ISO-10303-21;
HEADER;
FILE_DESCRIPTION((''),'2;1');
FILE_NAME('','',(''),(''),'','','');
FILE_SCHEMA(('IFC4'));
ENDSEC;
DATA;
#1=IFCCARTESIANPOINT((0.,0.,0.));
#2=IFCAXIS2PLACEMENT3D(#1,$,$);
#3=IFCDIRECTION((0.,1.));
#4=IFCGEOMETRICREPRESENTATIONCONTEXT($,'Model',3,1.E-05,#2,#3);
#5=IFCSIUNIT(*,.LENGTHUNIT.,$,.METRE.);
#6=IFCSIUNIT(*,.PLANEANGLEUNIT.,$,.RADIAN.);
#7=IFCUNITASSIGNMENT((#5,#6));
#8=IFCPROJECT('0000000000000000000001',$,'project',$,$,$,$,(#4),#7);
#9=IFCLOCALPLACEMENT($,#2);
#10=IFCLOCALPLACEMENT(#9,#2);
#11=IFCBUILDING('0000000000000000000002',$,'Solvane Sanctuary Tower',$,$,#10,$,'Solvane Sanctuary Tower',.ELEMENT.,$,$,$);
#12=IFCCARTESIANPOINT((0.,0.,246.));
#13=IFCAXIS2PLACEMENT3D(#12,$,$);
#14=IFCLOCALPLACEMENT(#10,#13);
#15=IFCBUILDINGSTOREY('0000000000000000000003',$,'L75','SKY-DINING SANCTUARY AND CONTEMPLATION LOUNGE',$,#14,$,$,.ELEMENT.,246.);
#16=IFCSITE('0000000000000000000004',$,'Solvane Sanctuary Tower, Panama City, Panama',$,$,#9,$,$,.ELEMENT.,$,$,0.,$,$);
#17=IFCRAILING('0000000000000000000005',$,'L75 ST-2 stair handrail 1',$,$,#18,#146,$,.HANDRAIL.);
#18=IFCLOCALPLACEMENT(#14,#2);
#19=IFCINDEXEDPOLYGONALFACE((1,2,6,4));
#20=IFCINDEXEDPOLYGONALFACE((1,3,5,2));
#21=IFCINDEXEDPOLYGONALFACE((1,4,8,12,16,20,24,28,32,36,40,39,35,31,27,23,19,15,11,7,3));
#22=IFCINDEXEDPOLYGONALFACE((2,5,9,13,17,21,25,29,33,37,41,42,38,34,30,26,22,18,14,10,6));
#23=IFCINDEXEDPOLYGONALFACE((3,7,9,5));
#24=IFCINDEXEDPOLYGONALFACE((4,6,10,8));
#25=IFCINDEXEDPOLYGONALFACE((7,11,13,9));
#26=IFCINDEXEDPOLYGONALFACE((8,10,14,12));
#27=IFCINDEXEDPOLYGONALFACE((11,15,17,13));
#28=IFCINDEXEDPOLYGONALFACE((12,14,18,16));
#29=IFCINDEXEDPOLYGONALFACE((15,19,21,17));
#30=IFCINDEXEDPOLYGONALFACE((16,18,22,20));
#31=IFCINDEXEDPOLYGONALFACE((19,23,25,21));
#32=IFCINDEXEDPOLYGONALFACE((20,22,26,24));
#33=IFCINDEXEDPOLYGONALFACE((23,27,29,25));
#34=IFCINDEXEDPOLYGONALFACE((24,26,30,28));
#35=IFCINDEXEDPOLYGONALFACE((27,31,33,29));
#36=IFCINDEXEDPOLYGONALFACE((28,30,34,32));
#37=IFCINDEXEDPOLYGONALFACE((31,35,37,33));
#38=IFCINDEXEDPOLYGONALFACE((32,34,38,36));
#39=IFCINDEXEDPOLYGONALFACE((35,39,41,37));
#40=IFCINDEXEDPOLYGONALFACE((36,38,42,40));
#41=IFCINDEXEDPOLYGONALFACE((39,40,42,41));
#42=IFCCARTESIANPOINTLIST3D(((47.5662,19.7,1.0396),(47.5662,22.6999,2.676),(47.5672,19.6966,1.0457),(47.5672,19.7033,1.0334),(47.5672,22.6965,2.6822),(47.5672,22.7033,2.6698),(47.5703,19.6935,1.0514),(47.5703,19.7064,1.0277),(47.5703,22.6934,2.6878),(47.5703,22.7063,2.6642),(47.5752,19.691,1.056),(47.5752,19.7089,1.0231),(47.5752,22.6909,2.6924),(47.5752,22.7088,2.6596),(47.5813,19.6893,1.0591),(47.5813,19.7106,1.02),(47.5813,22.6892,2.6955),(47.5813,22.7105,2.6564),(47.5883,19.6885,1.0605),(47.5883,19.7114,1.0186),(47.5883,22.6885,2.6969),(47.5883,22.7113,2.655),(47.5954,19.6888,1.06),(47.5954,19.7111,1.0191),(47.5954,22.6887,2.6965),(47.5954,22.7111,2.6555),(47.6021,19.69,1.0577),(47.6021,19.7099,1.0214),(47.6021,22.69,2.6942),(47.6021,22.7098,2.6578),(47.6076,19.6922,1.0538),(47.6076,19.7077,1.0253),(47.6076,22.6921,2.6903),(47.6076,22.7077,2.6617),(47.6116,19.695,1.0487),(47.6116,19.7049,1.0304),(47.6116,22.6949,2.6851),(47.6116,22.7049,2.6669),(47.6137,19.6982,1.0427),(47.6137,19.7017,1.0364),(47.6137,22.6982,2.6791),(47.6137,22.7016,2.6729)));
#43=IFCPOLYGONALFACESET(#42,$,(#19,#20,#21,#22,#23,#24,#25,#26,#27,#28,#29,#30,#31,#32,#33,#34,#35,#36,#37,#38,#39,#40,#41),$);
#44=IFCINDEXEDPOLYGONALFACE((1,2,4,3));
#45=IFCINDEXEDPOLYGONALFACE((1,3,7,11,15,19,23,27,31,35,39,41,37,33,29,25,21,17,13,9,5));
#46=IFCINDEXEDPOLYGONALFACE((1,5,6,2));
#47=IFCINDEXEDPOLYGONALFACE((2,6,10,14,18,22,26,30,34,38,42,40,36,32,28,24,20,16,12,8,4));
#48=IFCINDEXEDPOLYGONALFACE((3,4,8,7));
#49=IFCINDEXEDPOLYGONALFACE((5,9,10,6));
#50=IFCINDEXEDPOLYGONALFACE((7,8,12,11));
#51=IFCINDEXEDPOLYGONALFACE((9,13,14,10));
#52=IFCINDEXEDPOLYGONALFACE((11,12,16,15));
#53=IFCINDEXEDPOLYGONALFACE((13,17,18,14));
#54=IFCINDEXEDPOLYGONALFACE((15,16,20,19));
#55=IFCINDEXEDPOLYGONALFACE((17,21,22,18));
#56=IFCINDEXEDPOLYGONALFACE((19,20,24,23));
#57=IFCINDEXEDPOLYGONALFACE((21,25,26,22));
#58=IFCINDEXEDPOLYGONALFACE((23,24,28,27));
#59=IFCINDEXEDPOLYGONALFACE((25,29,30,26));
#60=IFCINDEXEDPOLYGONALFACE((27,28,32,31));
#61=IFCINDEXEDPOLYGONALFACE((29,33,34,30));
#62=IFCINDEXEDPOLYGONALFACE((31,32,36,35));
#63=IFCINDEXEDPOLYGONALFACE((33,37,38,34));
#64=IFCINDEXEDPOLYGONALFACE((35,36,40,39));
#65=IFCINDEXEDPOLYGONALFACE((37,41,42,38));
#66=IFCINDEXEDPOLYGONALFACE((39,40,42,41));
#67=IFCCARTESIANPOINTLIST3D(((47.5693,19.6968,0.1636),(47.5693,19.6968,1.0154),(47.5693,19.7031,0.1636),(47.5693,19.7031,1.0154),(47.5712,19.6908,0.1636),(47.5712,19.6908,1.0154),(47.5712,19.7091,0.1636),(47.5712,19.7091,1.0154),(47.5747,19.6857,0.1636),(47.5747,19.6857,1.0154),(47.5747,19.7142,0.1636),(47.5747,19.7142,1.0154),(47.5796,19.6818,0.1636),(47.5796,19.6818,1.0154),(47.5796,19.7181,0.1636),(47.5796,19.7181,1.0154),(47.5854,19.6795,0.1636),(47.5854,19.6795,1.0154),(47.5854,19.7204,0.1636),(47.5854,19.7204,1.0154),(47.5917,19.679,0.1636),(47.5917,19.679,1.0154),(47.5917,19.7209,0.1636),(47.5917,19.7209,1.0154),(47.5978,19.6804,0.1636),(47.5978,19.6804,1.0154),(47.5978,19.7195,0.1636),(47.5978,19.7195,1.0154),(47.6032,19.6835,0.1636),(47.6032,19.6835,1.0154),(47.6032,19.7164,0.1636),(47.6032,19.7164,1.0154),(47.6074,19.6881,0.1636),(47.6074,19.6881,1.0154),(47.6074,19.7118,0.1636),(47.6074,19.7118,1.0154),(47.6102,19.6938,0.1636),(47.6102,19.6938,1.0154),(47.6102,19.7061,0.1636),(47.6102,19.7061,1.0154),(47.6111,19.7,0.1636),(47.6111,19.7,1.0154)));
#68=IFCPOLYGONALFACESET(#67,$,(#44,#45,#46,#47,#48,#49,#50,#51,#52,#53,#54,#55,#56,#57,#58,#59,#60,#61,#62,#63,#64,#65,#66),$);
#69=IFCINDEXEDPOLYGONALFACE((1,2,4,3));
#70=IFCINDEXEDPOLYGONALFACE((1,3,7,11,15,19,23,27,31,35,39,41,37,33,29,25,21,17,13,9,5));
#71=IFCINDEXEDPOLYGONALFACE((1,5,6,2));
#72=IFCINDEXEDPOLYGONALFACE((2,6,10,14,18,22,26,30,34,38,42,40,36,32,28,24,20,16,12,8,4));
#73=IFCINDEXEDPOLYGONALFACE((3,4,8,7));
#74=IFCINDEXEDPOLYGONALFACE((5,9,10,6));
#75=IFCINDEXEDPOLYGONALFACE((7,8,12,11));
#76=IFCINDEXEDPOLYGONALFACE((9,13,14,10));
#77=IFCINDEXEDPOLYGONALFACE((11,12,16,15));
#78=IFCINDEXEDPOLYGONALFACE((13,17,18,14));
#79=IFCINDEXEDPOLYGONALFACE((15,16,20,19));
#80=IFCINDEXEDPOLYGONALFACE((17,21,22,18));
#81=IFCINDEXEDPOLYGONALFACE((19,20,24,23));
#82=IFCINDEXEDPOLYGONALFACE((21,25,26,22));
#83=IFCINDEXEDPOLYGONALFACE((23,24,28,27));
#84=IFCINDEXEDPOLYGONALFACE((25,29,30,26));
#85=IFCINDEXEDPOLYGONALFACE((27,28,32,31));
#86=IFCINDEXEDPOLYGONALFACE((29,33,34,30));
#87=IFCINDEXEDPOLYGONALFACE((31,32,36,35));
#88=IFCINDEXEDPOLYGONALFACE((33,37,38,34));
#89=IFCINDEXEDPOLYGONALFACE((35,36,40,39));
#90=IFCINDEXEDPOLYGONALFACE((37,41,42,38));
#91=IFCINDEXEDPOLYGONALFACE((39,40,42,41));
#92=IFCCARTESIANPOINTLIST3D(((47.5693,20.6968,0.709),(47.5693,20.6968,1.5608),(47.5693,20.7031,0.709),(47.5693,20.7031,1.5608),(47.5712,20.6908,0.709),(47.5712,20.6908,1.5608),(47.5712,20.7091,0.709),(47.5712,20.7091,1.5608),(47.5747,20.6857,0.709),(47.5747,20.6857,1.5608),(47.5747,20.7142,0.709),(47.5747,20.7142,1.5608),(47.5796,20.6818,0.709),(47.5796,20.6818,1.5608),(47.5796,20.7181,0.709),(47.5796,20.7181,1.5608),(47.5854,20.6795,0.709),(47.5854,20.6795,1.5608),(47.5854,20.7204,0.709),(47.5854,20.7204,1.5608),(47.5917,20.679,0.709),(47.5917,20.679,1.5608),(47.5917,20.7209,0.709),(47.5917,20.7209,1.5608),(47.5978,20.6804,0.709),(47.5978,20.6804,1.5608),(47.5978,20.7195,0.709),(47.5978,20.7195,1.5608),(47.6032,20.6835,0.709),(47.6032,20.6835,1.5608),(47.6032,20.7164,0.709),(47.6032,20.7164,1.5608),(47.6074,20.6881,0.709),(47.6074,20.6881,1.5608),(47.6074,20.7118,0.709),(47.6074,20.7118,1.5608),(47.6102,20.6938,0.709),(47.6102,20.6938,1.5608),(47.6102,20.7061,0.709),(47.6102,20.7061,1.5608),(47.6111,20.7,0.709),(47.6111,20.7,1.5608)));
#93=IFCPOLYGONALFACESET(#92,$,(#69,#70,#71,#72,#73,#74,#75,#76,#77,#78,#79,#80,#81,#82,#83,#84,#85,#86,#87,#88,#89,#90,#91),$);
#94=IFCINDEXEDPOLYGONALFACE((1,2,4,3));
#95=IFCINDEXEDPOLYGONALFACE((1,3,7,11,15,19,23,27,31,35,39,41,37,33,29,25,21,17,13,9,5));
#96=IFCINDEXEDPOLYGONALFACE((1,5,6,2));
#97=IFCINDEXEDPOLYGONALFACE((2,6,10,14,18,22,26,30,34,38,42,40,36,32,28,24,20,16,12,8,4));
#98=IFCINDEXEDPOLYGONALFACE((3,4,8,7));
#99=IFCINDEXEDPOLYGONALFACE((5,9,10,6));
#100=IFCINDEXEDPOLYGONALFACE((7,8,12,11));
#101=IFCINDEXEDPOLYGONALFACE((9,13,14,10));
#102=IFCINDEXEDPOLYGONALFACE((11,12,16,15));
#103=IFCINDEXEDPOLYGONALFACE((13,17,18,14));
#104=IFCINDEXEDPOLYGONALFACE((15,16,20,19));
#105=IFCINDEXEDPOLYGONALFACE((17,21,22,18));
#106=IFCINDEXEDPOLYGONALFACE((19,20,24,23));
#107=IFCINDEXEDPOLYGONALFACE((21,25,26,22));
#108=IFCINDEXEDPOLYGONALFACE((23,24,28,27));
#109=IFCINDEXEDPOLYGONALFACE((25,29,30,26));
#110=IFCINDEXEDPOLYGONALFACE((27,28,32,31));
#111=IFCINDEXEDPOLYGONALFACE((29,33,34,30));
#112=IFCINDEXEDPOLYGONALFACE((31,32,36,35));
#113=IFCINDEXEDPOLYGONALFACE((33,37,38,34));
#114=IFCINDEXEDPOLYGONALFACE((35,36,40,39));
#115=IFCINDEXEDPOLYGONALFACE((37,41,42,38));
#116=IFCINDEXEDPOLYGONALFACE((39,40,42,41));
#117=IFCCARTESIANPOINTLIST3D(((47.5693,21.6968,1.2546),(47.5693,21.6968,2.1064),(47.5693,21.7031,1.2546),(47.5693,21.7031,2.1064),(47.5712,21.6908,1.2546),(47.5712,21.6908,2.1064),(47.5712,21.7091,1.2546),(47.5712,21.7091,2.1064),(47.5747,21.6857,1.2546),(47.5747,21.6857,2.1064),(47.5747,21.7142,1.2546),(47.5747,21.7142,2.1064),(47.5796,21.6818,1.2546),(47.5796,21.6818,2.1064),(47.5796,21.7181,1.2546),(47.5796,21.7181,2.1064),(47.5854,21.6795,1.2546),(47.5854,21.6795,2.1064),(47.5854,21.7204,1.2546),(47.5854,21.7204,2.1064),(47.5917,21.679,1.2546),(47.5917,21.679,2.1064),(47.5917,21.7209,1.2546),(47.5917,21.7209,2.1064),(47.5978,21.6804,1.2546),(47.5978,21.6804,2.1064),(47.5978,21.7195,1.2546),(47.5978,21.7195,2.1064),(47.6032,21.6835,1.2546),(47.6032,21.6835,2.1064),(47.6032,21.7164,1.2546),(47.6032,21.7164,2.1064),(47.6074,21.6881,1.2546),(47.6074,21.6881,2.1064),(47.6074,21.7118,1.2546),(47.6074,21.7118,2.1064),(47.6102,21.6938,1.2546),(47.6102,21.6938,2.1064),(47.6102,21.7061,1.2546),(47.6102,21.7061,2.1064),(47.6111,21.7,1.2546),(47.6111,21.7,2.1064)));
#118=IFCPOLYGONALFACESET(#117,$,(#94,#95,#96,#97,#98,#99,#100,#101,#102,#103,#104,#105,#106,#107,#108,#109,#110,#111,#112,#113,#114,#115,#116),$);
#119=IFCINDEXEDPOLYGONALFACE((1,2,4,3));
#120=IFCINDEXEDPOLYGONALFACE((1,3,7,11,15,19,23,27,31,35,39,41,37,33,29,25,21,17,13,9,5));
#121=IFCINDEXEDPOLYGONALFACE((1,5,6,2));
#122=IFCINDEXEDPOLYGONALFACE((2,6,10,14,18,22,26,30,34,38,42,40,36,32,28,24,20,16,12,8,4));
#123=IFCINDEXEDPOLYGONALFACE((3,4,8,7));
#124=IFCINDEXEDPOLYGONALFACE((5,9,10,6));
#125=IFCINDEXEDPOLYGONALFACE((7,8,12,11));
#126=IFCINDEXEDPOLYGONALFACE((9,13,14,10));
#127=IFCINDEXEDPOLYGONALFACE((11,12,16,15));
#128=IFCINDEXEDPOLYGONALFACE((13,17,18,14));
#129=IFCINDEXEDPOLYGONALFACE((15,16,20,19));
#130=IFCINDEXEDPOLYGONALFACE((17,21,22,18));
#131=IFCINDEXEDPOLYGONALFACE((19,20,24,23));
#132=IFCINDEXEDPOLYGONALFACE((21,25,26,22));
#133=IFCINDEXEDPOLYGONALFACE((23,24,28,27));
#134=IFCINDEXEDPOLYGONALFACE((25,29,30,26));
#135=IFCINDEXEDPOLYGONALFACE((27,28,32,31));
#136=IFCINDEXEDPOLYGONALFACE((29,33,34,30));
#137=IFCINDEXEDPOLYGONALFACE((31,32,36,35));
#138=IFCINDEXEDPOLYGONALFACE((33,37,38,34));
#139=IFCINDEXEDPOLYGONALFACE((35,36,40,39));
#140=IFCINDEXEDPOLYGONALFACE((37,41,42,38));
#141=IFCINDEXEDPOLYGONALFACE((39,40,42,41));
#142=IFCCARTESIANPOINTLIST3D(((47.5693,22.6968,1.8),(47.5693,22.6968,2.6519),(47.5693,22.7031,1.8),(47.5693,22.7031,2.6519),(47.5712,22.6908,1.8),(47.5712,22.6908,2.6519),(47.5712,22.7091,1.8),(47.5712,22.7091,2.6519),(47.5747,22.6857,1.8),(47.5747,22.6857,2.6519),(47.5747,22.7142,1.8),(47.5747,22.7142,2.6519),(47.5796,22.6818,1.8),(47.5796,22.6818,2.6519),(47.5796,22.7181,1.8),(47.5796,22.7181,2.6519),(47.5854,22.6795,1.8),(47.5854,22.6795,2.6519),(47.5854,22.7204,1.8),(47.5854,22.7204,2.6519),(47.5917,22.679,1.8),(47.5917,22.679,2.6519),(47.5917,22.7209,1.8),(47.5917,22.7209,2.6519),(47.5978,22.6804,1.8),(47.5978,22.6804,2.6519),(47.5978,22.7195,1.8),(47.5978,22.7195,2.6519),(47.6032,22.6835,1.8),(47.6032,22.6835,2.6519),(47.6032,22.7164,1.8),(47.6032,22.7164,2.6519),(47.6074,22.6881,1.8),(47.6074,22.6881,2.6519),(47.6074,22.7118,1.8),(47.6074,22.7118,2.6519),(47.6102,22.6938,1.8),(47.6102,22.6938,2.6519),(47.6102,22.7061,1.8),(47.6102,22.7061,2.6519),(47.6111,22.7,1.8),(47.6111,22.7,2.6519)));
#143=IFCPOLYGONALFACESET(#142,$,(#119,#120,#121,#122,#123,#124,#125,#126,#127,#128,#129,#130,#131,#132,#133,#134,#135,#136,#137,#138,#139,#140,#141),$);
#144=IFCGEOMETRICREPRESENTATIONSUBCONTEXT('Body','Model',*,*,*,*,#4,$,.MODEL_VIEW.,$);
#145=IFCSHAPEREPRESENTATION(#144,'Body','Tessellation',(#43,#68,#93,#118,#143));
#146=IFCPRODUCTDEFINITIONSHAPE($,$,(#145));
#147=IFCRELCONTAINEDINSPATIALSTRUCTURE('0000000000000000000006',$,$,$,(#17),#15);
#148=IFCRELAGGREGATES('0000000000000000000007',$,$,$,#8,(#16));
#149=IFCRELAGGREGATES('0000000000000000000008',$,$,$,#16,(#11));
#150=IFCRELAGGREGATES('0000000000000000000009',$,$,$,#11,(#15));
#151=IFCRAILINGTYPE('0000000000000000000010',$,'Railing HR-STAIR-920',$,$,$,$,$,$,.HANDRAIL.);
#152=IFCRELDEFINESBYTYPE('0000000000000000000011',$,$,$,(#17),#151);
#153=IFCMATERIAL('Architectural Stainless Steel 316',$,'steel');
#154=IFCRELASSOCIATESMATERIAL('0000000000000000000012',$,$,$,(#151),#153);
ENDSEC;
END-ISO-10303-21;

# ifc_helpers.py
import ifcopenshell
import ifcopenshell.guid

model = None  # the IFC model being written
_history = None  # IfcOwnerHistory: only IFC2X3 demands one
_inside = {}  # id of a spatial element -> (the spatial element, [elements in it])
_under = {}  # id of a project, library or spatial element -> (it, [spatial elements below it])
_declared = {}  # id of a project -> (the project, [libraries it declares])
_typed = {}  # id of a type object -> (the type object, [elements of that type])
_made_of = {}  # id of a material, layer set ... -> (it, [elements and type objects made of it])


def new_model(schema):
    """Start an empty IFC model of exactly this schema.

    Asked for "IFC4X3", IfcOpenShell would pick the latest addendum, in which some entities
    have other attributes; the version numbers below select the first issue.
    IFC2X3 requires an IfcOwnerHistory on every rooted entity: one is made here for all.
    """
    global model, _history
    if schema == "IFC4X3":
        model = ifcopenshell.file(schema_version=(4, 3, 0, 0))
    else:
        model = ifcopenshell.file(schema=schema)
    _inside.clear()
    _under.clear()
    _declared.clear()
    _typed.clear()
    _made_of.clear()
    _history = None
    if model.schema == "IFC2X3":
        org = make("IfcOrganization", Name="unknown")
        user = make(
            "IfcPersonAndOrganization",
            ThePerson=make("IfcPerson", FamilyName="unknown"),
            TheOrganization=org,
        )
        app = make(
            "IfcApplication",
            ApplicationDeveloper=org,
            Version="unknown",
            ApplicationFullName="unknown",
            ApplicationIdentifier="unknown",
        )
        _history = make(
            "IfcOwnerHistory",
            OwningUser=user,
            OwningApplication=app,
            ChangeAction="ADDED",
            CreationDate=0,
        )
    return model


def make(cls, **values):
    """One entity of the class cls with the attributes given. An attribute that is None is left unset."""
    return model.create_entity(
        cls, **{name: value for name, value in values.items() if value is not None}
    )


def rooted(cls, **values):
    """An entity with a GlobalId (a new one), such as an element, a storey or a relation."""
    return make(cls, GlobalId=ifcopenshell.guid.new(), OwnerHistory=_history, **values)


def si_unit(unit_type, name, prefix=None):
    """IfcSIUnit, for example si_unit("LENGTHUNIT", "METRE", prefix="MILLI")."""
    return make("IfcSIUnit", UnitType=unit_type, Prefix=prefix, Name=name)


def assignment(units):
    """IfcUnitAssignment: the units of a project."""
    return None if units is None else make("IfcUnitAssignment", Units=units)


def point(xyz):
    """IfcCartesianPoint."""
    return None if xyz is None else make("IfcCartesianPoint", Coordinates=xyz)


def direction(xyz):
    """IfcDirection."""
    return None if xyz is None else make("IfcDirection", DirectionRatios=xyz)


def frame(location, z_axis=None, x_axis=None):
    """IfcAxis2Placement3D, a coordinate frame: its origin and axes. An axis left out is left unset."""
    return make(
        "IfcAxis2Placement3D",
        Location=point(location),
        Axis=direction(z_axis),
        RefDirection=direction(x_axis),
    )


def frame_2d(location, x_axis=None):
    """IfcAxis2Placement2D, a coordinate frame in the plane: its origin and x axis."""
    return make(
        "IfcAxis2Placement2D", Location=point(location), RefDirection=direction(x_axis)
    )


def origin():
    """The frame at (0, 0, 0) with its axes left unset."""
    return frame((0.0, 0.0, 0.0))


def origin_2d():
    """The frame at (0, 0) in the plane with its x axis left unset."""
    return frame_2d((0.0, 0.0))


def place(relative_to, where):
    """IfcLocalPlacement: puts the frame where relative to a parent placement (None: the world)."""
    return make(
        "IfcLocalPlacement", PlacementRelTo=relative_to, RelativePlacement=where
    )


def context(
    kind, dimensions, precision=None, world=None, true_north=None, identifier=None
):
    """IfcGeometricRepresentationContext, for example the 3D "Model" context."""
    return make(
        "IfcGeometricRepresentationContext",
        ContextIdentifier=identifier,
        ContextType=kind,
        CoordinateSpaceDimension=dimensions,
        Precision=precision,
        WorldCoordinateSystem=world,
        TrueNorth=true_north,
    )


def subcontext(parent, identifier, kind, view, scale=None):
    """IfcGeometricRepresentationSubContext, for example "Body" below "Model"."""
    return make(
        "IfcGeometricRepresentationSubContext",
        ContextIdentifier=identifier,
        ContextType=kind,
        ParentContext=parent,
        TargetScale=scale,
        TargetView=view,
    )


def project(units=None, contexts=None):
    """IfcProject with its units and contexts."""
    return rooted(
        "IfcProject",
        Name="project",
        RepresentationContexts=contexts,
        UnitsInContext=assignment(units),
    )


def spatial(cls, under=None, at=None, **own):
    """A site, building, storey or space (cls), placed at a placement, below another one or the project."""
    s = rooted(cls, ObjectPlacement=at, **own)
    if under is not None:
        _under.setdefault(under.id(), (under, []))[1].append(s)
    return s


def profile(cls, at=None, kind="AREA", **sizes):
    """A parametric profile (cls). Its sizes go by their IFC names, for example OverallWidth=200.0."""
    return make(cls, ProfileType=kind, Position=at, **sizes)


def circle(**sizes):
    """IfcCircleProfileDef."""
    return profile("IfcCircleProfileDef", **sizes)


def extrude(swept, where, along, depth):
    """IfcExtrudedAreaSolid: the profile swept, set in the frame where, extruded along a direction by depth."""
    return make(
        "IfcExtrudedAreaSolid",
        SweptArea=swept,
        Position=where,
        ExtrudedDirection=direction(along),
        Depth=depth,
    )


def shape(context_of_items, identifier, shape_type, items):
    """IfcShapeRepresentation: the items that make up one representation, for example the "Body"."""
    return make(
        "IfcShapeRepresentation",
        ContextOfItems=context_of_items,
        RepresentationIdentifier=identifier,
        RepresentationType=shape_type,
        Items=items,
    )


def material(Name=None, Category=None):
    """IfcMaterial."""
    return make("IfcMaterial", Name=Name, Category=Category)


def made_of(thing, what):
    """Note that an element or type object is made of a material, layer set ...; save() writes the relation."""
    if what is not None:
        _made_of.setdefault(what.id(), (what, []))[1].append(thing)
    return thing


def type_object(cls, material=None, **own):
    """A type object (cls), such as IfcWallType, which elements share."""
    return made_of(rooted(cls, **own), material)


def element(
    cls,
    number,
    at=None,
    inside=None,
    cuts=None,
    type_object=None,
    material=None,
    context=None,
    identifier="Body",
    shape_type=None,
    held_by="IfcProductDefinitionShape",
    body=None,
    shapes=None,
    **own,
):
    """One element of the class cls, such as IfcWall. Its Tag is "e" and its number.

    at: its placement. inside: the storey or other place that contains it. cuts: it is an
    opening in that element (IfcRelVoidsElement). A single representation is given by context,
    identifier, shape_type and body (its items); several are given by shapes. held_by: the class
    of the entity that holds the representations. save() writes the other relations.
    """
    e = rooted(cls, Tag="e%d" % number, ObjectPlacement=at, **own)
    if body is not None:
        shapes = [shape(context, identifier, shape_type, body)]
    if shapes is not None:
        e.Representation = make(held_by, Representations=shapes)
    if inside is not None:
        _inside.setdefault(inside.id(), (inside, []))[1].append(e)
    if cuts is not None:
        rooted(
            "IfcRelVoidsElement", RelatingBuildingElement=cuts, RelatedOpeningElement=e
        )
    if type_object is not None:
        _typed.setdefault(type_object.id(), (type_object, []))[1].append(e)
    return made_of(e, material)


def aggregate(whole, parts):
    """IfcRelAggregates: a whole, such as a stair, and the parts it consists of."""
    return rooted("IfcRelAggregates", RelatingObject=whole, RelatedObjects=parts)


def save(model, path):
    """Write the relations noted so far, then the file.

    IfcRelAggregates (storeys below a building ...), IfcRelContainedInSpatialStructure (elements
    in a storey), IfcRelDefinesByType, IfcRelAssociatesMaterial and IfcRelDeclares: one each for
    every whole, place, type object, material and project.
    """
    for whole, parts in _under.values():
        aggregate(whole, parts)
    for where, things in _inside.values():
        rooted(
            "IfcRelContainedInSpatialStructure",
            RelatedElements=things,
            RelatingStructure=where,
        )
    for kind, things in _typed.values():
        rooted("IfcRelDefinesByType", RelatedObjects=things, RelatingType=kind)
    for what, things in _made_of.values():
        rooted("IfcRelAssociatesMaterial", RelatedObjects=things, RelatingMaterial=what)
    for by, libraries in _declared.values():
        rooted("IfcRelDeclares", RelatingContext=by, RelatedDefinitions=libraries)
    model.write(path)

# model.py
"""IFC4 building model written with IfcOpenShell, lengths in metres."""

from ifc_helpers import new_model, si_unit, direction, frame, origin, origin_2d, place, context, subcontext, project, spatial, circle, extrude, material, type_object, element, save


model = new_model("IFC4")

# Units and contexts
model_context = context("Model", 3, precision=1e-05, world=origin(), true_north=direction((0.0, 1.0)))
body_context = subcontext(model_context, "Body", "Model", "MODEL_VIEW")
ifc_project = project(units=[si_unit("LENGTHUNIT", "METRE"), si_unit("PLANEANGLEUNIT", "RADIAN")], contexts=[model_context])

# Site, building, storey
site_placement = place(None, origin())
site = spatial("IfcSite", under=ifc_project, at=site_placement, Name="Solvane Sanctuary Tower, Panama City, Panama", CompositionType="ELEMENT", RefElevation=0.0)
building_placement = place(site_placement, origin())
building = spatial("IfcBuilding", under=site, at=building_placement, Name="Solvane Sanctuary Tower", LongName="Solvane Sanctuary Tower", CompositionType="ELEMENT")
storey_placement = place(building_placement, frame((0.0, 0.0, 246.0)))
storey = spatial("IfcBuildingStorey", under=building, at=storey_placement, Name="L75", Description="SKY-DINING SANCTUARY AND CONTEMPLATION LOUNGE", CompositionType="ELEMENT", Elevation=246.0)

# Railing
ifc_material_1 = material(Name="Architectural Stainless Steel 316", Category="steel")
railing_type_1 = type_object("IfcRailingType", Name="Railing HR-STAIR-920", PredefinedType="HANDRAIL", material=ifc_material_1)
railing_1_placement = place(storey_placement, frame((47.5901, 19.7, 0.1636)))
element("IfcRailing", 1, at=railing_1_placement, inside=storey, type_object=railing_type_1, Name="L75 ST-2 stair handrail 1", PredefinedType="HANDRAIL", context=body_context, shape_type="SweptSolid", body=[
    extrude(circle(Radius=0.0239, at=origin_2d()), frame((0.0, 0.0, 0.876), z_axis=(0.0, 0.877882, 0.478877), x_axis=(-1.0, 0.0, 0.0)), (0.0, 0.0, 1.0), 3.4172),
    extrude(circle(Radius=0.021, at=origin_2d()), origin(), (0.0, 0.0, 1.0), 0.8518),
    extrude(circle(Radius=0.021, at=origin_2d()), frame((0.0, 1.0, 0.5454)), (0.0, 0.0, 1.0), 0.8518),
    extrude(circle(Radius=0.021, at=origin_2d()), frame((0.0, 2.0, 1.0911)), (0.0, 0.0, 1.0), 0.8518),
    extrude(circle(Radius=0.021, at=origin_2d()), frame((0.0, 3.0, 1.6365)), (0.0, 0.0, 1.0), 0.8518),
])

save(model, "model.ifc")
